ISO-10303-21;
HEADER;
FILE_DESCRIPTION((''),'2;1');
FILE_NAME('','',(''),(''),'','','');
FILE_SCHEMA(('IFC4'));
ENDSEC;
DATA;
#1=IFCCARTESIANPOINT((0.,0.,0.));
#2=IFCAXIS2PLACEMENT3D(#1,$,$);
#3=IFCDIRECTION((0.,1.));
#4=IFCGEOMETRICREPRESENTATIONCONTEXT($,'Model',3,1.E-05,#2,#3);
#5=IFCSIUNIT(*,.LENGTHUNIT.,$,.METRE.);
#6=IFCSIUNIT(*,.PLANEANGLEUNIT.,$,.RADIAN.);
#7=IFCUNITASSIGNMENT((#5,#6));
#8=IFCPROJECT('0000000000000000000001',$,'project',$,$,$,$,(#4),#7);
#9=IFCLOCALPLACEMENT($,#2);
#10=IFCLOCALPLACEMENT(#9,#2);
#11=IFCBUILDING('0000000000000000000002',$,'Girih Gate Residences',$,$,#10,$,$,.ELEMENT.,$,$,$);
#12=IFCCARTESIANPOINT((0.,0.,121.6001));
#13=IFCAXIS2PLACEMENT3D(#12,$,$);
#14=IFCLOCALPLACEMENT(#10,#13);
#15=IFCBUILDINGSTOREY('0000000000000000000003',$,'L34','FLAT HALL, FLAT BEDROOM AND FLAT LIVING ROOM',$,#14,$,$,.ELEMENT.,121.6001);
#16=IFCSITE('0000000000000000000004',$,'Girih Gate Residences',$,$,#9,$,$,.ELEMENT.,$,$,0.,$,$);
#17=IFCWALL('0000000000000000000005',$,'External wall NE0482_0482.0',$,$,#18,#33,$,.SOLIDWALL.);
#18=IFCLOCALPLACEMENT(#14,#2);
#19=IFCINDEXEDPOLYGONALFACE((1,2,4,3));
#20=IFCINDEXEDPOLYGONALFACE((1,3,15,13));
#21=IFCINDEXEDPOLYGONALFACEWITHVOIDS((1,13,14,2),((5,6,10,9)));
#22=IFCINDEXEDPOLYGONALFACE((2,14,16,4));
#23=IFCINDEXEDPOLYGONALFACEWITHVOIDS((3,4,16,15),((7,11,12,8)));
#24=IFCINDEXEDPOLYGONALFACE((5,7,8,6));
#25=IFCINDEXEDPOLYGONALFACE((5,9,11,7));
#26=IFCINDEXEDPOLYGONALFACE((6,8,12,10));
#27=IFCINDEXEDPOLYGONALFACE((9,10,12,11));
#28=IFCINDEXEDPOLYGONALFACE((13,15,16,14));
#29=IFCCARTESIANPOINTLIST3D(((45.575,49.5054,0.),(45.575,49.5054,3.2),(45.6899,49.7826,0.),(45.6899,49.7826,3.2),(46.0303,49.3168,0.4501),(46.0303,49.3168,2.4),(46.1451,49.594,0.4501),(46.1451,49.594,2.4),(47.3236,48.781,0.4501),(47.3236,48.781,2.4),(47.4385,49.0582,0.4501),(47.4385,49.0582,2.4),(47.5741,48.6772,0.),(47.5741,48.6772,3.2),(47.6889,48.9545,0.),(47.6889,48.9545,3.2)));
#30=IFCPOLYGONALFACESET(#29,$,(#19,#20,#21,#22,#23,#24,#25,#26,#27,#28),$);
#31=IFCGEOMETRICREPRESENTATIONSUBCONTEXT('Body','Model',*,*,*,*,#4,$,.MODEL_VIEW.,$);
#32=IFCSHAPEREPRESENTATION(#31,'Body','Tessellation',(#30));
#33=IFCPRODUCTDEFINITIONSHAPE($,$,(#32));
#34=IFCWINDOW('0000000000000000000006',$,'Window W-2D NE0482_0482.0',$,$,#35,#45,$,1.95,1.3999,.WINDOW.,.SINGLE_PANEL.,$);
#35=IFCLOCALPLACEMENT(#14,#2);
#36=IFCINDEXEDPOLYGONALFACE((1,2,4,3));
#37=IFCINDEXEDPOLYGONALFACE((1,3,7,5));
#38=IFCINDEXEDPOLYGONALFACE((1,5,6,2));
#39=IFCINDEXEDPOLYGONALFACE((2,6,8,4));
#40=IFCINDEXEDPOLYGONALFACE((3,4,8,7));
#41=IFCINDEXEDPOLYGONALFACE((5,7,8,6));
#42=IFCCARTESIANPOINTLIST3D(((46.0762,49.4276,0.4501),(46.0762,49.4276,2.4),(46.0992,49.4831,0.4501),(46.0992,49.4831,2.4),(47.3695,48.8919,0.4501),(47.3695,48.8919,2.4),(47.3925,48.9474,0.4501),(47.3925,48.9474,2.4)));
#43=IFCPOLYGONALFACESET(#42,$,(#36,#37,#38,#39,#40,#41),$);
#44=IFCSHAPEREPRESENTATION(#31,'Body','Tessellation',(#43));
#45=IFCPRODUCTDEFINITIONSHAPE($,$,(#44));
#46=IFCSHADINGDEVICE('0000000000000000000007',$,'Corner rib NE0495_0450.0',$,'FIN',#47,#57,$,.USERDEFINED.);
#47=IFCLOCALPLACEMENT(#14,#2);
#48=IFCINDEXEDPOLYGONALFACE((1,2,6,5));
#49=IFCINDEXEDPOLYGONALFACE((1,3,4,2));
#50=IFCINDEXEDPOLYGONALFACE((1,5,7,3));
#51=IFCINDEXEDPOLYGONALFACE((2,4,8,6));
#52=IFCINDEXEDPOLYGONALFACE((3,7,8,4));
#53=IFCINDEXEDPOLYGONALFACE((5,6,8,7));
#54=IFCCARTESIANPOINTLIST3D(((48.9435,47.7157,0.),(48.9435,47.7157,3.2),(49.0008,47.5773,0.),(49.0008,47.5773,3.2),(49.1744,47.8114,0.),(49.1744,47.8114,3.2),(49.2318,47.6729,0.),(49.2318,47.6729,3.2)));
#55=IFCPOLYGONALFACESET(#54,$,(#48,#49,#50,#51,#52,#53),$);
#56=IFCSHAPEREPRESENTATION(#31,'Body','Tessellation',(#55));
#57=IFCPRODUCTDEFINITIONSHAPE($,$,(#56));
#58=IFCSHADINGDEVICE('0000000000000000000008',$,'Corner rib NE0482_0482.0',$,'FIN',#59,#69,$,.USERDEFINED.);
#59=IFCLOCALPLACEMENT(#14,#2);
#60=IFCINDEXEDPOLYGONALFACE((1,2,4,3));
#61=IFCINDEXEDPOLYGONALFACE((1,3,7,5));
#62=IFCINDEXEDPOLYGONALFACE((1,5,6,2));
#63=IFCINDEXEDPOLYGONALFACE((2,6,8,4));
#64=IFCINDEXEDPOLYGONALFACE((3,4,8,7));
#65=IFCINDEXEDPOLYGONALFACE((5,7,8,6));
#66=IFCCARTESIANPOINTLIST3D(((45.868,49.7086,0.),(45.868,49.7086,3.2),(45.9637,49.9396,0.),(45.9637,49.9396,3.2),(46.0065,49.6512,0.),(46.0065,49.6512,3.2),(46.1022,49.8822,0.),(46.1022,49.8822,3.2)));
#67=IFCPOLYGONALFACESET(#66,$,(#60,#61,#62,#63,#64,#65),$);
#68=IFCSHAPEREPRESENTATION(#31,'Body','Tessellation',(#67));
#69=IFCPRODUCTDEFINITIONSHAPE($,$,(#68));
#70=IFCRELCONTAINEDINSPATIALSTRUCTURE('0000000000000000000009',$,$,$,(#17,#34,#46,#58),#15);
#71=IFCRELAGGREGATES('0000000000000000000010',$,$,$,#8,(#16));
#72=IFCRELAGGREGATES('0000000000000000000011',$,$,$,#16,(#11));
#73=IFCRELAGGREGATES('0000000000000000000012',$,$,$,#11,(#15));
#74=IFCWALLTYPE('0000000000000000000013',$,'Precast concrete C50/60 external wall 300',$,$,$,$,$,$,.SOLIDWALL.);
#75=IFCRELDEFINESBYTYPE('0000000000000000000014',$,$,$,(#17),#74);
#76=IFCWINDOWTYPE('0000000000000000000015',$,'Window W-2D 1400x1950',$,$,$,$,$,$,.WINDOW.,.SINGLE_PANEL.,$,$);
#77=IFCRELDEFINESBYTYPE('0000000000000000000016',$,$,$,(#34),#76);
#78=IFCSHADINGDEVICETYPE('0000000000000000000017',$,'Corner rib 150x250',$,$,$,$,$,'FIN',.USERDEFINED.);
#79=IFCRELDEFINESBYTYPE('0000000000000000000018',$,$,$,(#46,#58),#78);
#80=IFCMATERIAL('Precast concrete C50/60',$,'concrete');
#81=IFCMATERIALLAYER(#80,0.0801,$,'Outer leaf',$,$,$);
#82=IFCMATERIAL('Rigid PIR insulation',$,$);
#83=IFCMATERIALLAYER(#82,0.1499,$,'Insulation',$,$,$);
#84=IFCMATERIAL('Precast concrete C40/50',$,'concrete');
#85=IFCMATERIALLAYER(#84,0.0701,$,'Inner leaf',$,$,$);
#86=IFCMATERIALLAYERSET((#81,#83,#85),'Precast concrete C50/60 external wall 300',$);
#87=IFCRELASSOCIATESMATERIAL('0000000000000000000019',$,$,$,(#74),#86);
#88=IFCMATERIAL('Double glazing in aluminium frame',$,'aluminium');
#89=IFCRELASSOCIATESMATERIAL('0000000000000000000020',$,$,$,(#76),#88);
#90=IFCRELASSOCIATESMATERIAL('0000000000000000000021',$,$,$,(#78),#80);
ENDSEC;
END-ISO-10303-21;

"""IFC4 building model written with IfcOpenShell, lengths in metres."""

from ifc_helpers import new_model, si_unit, direction, frame, frame_2d, origin, origin_2d, place, context, subcontext, project, spatial, rectangle, extrude, material, layer, layer_set, type_object, element, fill, save


model = new_model("IFC4")

# Units and contexts
model_context = context("Model", 3, precision=1e-05, world=origin(), true_north=direction((0.0, 1.0)))
body_context = subcontext(model_context, "Body", "Model", "MODEL_VIEW")
ifc_project = project(units=[si_unit("LENGTHUNIT", "METRE"), si_unit("PLANEANGLEUNIT", "RADIAN")], contexts=[model_context])

# Site, building, storey
site_placement = place(None, origin())
site = spatial("IfcSite", under=ifc_project, at=site_placement, Name="Girih Gate Residences", CompositionType="ELEMENT", RefElevation=0.0)
building_placement = place(site_placement, origin())
building = spatial("IfcBuilding", under=site, at=building_placement, Name="Girih Gate Residences", CompositionType="ELEMENT")
storey_placement = place(building_placement, frame((0.0, 0.0, 121.6001)))
storey = spatial("IfcBuildingStorey", under=building, at=storey_placement, Name="L34", Description="FLAT HALL, FLAT BEDROOM AND FLAT LIVING ROOM", CompositionType="ELEMENT", Elevation=121.6001)

# Wall, opening, window
ifc_material_1 = material(Name="Precast concrete C50/60", Category="concrete")
ifc_layer_1 = layer(ifc_material_1, 0.0801, Name="Outer leaf")
ifc_material_2 = material(Name="Rigid PIR insulation")
ifc_layer_2 = layer(ifc_material_2, 0.1499, Name="Insulation")
ifc_material_3 = material(Name="Precast concrete C40/50", Category="concrete")
ifc_layer_3 = layer(ifc_material_3, 0.0701, Name="Inner leaf")
ifc_layer_set_1 = layer_set([ifc_layer_1, ifc_layer_2, ifc_layer_3], Name="Precast concrete C50/60 external wall 300")
wall_type_1 = type_object("IfcWallType", Name="Precast concrete C50/60 external wall 300", PredefinedType="SOLIDWALL", material=ifc_layer_set_1)
ifc_material_4 = material(Name="Double glazing in aluminium frame", Category="aluminium")
window_type_1 = type_object("IfcWindowType", Name="Window W-2D 1400x1950", PartitioningType="SINGLE_PANEL", PredefinedType="WINDOW", material=ifc_material_4)
wall_1_placement = place(storey_placement, frame((45.6323, 49.644, 0.0), z_axis=(0.0, 0.0, 1.0), x_axis=(0.923863, -0.382724, 0.0)))
wall_1 = element("IfcWall", 1, at=wall_1_placement, inside=storey, type_object=wall_type_1, Name="External wall NE0482_0482.0", PredefinedType="SOLIDWALL", context=body_context, shape_type="SweptSolid", body=[
    extrude(rectangle(XDim=2.1638, YDim=0.3, at=frame_2d((1.082, 0.0))), origin(), (0.0, 0.0, 1.0), 3.2),
])
opening_1_placement = place(wall_1_placement, frame((0.4929, 0.0, 0.45)))
opening_1 = element("IfcOpeningElement", 2, at=opening_1_placement, cuts=wall_1, PredefinedType="OPENING", context=body_context, shape_type="SweptSolid", body=[
    extrude(rectangle(XDim=1.3999, YDim=1.95, at=frame_2d((0.7, 0.9751))), frame((0.0, 0.1599, 0.0), z_axis=(0.0, -1.0, 0.0), x_axis=(1.0, 0.0, 0.0)), (0.0, 0.0, 1.0), 0.3201),
])
window_1_placement = place(opening_1_placement, origin())
window_1 = element("IfcWindow", 3, at=window_1_placement, inside=storey, type_object=window_type_1, Name="Window W-2D NE0482_0482.0", OverallHeight=1.95, OverallWidth=1.3999, PartitioningType="SINGLE_PANEL", PredefinedType="WINDOW", context=body_context, shape_type="SweptSolid", body=[
    extrude(rectangle(XDim=1.3999, YDim=1.95, at=frame_2d((0.7, 0.9751))), frame((0.0, 0.03, 0.0), z_axis=(0.0, -1.0, 0.0), x_axis=(1.0, 0.0, 0.0)), (0.0, 0.0, 1.0), 0.0601),
])
fill(opening_1, window_1)

# Shading devices
shading_device_type = type_object("IfcShadingDeviceType", Name="Corner rib 150x250", ElementType="FIN", PredefinedType="USERDEFINED", material=ifc_material_1)
for number, where, z_axis, x_axis, name in (
    (4, (49.0876, 47.6943, 0.0), (0.0, 0.0, 1.0), (-0.382683, 0.92388, 0.0), "Corner rib NE0495_0450.0"),
    (5, (45.9851, 49.7954, 0.0), (0.0, 0.0, 1.0), (-0.92388, 0.382683, 0.0), "Corner rib NE0482_0482.0"),
):
    element("IfcShadingDevice", number, at=place(storey_placement, frame(where, z_axis=z_axis, x_axis=x_axis)), inside=storey, type_object=shading_device_type, Name=name, ObjectType="FIN", PredefinedType="USERDEFINED", context=body_context, shape_type="SweptSolid", body=[
        extrude(rectangle(XDim=0.1499, YDim=0.25, at=origin_2d()), origin(), (0.0, 0.0, 1.0), 3.2),
    ])

save(model, "model.ifc")
